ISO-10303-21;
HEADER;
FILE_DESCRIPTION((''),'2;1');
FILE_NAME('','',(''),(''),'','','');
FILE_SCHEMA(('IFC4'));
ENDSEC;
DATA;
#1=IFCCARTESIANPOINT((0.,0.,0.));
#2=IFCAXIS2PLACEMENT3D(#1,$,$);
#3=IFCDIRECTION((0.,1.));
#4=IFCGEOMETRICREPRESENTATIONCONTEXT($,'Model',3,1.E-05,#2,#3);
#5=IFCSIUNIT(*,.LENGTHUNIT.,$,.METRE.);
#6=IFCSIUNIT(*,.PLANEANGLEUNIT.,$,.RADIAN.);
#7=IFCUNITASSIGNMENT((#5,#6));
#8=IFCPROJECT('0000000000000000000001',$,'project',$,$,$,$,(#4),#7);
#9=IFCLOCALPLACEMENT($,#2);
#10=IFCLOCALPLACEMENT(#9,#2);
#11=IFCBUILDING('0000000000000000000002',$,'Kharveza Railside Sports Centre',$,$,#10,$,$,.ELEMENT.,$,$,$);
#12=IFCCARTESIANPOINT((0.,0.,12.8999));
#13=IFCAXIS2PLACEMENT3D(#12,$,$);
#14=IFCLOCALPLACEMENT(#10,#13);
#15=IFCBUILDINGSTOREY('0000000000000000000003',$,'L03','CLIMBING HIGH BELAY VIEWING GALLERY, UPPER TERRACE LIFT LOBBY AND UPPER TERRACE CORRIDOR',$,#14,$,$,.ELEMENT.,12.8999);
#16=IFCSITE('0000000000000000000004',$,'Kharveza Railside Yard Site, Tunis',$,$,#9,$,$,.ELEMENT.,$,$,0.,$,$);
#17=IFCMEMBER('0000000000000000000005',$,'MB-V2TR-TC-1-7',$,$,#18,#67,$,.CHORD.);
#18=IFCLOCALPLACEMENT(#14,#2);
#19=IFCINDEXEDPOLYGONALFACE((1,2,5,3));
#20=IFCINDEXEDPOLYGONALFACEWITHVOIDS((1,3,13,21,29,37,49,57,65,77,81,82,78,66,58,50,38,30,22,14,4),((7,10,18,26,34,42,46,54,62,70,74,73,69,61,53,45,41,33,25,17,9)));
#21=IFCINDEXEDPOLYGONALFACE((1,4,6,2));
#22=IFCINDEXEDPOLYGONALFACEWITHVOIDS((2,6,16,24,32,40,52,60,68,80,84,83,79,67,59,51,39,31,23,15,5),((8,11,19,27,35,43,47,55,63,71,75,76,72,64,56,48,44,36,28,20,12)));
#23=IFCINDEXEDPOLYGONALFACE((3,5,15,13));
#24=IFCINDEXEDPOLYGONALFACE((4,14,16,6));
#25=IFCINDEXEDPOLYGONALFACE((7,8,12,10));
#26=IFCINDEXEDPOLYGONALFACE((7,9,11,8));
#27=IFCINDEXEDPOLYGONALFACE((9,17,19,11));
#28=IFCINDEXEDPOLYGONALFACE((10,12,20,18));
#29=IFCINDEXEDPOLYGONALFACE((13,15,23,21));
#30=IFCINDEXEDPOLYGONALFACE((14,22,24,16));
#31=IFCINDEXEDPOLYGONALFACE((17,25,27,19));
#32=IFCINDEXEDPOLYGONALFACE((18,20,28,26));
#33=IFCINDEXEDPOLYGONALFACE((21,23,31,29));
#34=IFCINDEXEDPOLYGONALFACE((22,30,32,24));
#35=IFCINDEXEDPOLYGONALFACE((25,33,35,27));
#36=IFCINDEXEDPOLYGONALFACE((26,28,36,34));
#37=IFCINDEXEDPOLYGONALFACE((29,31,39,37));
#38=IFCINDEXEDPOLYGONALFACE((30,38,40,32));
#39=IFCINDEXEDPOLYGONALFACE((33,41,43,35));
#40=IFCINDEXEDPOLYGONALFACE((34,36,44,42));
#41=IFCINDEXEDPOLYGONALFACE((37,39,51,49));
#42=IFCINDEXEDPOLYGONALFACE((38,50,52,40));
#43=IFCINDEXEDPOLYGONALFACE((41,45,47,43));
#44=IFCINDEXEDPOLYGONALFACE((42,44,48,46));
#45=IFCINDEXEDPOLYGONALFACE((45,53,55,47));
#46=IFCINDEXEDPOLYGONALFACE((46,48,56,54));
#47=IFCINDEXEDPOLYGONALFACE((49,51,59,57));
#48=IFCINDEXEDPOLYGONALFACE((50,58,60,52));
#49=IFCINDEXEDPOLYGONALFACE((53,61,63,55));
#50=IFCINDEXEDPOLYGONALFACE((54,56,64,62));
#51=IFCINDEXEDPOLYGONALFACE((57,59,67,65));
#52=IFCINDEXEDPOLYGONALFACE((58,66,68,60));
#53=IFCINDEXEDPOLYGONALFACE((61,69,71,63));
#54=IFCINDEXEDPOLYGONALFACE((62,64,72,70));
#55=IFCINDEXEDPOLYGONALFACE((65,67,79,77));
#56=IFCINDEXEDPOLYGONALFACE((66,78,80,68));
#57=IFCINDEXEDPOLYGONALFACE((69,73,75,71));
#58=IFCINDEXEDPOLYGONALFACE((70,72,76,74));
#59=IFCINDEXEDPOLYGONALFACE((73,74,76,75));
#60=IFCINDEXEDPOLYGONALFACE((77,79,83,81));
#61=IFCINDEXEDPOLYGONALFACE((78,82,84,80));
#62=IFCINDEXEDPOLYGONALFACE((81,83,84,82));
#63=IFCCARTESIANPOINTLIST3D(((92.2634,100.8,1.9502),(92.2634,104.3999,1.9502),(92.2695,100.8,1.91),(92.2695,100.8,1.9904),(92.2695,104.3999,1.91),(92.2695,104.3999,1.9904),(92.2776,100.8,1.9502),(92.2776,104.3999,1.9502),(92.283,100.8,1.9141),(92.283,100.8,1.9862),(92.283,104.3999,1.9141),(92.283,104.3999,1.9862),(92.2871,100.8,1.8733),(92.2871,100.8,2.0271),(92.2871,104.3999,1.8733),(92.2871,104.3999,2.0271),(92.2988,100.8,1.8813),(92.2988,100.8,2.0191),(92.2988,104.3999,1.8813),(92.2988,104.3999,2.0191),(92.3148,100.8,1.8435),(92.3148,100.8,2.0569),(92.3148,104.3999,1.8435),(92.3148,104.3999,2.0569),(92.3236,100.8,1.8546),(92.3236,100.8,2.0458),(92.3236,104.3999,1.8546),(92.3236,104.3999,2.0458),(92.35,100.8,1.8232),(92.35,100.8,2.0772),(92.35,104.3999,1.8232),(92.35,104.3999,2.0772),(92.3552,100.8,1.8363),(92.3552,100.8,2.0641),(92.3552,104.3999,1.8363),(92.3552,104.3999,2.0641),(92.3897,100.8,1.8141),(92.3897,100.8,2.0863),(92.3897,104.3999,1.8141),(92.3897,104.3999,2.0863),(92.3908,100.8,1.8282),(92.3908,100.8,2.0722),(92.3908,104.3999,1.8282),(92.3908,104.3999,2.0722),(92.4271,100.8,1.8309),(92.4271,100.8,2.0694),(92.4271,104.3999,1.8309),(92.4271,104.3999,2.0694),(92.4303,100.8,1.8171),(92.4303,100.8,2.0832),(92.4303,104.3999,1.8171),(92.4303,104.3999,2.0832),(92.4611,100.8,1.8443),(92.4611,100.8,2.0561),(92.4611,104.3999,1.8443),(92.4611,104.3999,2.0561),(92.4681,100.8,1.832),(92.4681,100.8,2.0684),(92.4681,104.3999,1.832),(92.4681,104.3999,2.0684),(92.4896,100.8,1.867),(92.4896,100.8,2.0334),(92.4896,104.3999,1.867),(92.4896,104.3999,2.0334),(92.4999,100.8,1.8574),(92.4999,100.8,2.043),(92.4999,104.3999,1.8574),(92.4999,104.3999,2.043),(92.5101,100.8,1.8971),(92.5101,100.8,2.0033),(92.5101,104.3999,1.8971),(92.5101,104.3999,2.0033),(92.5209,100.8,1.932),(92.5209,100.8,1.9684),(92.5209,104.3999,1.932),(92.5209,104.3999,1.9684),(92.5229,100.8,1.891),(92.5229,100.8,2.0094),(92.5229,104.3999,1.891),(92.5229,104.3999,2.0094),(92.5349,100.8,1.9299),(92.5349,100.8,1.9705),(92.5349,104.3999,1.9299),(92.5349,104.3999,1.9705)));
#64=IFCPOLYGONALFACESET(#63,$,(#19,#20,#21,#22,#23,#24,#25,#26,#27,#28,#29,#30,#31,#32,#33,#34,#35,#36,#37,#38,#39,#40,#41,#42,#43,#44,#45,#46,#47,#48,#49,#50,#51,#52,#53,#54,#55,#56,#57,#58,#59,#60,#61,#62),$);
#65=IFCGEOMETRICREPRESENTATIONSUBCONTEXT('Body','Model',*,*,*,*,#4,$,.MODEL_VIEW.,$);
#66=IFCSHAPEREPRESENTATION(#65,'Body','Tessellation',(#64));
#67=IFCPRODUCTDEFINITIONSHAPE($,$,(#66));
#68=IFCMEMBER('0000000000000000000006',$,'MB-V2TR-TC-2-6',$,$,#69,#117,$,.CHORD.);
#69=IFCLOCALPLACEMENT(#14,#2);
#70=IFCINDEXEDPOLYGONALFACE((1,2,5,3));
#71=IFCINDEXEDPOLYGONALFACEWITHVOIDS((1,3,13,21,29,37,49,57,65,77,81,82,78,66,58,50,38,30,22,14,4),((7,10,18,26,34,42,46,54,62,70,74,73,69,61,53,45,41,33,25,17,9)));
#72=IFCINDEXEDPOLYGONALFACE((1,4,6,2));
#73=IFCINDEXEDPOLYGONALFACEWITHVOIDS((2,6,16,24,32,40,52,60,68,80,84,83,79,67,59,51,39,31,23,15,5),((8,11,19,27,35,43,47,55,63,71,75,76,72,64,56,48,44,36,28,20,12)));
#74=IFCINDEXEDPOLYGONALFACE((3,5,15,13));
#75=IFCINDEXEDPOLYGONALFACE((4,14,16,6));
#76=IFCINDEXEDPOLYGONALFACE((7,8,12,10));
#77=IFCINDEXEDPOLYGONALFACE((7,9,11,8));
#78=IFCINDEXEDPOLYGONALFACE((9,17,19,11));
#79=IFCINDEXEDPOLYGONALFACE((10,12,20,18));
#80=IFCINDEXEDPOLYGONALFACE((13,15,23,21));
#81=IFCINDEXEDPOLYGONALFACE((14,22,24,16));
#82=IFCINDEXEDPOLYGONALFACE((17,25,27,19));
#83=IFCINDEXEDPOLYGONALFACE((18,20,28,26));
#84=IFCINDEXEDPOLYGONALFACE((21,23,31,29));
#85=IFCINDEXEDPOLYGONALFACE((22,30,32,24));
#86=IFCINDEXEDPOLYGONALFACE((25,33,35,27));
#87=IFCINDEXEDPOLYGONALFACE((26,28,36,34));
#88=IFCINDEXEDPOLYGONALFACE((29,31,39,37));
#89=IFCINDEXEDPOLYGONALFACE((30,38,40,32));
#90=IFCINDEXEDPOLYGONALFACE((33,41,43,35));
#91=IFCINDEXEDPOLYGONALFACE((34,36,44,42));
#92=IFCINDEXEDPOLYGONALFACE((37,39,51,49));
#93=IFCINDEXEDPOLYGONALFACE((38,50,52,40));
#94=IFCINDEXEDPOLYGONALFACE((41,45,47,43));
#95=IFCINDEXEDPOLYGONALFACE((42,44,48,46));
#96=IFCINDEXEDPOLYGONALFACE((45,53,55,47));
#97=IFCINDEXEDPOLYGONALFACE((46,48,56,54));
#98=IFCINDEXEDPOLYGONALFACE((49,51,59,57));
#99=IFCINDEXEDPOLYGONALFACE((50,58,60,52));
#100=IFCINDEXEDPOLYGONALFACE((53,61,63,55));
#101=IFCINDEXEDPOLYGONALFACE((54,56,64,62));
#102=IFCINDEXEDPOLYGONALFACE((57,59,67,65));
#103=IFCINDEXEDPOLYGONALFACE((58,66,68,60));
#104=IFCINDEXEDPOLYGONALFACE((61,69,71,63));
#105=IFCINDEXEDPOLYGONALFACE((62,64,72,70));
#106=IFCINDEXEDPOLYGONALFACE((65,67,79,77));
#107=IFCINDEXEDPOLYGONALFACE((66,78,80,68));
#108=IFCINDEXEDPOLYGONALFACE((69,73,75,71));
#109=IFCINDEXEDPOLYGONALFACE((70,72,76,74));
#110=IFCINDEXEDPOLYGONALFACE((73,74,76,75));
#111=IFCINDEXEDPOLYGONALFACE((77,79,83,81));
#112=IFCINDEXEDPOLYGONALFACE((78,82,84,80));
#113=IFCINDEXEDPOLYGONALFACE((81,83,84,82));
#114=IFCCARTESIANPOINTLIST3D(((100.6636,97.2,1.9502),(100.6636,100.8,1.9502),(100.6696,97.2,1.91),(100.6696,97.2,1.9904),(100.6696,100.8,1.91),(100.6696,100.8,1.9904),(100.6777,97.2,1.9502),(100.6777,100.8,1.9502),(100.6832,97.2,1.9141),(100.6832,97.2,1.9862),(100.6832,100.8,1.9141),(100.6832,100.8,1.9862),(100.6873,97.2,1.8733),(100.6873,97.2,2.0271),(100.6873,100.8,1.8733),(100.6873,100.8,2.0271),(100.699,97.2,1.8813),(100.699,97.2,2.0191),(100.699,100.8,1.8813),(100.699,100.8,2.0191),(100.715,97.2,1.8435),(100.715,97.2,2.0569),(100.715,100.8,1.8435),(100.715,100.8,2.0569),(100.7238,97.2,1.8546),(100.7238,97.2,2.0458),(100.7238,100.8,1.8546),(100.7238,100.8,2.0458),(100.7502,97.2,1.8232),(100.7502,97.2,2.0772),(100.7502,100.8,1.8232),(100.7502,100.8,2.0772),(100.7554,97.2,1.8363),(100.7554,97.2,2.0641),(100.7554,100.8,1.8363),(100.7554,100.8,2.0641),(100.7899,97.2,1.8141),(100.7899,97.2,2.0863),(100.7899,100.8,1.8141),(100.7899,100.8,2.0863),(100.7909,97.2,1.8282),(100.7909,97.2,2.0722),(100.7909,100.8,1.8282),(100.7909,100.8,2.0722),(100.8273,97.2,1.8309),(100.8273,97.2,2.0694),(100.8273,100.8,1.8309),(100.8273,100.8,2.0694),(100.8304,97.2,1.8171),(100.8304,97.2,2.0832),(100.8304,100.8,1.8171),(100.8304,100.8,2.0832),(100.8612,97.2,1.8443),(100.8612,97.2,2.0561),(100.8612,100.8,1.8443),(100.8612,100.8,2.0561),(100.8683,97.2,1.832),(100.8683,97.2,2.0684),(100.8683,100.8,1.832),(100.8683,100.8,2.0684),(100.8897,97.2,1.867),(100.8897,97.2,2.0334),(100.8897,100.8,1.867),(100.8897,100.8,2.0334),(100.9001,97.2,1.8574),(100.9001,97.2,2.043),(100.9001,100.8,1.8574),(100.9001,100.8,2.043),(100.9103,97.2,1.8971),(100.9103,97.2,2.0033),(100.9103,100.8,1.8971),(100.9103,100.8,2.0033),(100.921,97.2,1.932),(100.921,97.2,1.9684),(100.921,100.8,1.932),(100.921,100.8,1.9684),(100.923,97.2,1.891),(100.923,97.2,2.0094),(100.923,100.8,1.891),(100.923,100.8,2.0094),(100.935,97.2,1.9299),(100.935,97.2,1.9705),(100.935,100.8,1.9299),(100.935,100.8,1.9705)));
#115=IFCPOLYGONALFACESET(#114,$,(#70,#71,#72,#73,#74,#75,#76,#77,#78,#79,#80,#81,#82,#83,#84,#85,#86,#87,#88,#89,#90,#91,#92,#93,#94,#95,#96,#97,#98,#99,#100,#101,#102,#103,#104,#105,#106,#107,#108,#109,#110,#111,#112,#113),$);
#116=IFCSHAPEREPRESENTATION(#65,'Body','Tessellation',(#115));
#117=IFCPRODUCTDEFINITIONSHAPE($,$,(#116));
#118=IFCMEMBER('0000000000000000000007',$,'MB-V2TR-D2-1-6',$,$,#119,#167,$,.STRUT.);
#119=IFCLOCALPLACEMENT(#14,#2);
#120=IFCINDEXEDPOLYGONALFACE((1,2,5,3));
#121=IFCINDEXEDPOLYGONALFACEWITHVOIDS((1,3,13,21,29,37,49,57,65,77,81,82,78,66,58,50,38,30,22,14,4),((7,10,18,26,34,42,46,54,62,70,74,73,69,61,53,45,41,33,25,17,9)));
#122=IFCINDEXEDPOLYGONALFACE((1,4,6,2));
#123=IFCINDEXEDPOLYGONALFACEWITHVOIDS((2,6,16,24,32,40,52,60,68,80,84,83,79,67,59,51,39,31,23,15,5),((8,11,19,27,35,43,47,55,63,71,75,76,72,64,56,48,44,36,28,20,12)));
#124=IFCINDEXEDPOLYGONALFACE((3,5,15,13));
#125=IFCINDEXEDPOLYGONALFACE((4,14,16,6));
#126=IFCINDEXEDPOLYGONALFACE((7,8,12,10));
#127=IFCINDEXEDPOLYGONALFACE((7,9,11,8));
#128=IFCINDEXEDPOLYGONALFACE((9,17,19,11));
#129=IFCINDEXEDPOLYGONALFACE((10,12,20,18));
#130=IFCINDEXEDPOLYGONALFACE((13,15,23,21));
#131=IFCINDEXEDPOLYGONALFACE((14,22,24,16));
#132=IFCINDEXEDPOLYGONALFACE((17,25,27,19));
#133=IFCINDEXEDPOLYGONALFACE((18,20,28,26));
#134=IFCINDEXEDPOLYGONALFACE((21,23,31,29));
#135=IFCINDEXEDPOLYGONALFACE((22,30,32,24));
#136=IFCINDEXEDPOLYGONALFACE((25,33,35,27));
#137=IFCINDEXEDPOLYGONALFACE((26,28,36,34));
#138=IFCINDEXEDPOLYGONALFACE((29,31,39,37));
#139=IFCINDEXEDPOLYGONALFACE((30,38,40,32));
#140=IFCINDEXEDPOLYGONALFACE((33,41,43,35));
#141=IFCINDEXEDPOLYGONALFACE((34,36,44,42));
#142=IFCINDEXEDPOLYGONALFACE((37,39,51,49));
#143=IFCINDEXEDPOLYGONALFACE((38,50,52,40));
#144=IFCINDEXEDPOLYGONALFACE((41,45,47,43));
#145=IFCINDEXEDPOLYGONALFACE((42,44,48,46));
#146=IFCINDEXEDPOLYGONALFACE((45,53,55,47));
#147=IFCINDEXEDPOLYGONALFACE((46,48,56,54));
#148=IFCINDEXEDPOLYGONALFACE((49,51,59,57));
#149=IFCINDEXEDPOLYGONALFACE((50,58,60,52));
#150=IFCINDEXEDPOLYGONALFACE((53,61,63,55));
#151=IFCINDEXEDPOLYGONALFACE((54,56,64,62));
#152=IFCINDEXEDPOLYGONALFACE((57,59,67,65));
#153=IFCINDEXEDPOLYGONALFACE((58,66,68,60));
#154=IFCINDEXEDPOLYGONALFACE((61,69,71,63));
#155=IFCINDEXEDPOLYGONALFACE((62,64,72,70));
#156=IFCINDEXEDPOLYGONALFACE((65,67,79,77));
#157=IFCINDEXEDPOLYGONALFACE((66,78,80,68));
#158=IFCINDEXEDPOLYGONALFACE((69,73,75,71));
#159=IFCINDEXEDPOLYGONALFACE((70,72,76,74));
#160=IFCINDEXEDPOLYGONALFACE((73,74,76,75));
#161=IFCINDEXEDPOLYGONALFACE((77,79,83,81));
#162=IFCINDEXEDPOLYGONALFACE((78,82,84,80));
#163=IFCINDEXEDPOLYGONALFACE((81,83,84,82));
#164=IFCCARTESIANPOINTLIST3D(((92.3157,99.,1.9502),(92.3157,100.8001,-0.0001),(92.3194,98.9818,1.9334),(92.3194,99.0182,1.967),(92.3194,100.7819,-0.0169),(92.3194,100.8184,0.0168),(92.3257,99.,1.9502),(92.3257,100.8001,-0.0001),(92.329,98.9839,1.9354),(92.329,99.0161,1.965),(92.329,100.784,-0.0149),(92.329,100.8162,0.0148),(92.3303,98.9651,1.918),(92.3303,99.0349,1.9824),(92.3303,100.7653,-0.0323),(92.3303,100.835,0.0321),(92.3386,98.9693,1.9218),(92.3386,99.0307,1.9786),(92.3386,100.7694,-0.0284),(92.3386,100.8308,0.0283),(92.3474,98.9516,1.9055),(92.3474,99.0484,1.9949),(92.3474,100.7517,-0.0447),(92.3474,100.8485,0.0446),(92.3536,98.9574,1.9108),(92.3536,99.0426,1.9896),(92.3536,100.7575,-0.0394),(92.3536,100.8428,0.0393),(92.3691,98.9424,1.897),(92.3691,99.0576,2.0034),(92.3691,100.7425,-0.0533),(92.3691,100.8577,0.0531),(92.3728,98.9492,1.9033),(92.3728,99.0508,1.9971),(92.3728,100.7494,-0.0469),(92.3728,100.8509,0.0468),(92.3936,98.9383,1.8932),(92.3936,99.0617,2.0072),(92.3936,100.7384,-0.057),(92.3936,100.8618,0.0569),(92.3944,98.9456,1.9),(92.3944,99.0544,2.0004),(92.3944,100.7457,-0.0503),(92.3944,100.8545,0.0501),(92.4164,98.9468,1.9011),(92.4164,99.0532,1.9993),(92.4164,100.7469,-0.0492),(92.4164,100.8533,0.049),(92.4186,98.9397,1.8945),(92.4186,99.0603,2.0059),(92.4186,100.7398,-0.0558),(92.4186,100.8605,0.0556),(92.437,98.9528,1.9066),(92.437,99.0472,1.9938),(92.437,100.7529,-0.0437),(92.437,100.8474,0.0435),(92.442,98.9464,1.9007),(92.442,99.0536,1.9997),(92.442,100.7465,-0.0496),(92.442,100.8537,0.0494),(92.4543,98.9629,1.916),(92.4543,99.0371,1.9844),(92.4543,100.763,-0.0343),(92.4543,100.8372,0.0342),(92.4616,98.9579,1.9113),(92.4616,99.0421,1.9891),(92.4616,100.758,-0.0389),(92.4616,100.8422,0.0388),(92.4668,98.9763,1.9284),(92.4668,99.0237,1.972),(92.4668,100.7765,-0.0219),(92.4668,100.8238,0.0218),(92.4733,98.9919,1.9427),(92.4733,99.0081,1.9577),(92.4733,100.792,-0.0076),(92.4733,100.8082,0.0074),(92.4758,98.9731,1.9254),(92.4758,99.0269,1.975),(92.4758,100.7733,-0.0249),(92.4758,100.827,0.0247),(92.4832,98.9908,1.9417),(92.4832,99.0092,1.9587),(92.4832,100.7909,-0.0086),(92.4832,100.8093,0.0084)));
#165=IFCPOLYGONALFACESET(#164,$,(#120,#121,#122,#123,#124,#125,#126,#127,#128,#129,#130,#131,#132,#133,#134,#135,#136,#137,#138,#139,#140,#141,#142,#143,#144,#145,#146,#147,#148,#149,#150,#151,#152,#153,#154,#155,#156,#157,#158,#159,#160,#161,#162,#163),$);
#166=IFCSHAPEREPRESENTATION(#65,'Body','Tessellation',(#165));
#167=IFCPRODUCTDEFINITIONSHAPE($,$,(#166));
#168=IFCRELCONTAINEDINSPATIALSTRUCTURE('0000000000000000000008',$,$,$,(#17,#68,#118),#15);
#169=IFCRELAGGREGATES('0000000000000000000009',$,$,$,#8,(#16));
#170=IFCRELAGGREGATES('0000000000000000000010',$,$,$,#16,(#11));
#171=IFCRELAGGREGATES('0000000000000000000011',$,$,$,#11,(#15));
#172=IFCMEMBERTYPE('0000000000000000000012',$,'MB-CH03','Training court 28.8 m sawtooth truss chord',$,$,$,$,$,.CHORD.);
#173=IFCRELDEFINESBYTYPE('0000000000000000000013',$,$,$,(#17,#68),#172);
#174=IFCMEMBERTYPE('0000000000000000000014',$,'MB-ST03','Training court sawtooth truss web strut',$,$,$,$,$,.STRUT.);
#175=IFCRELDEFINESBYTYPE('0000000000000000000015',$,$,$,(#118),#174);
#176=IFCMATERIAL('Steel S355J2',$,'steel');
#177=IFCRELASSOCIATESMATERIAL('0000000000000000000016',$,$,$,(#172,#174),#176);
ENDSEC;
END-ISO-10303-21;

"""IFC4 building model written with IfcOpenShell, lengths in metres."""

from ifc_helpers import new_model, si_unit, direction, frame, origin, origin_2d, place, context, subcontext, project, spatial, hollow_circle, extrude, material, material_profile, profile_set, type_object, element, save


model = new_model("IFC4")

# Units and contexts
model_context = context("Model", 3, precision=1e-05, world=origin(), true_north=direction((0.0, 1.0)))
body_context = subcontext(model_context, "Body", "Model", "MODEL_VIEW")
ifc_project = project(units=[si_unit("LENGTHUNIT", "METRE"), si_unit("PLANEANGLEUNIT", "RADIAN")], contexts=[model_context])

# Site, building, storey
site_placement = place(None, origin())
site = spatial("IfcSite", under=ifc_project, at=site_placement, Name="Kharveza Railside Yard Site, Tunis", CompositionType="ELEMENT", RefElevation=0.0)
building_placement = place(site_placement, origin())
building = spatial("IfcBuilding", under=site, at=building_placement, Name="Kharveza Railside Sports Centre", CompositionType="ELEMENT")
storey_placement = place(building_placement, frame((0.0, 0.0, 12.8999)))
storey = spatial("IfcBuildingStorey", under=building, at=storey_placement, Name="L03", Description="CLIMBING HIGH BELAY VIEWING GALLERY, UPPER TERRACE LIFT LOBBY AND UPPER TERRACE CORRIDOR", CompositionType="ELEMENT", Elevation=12.8999)

# Shared definitions
ifc_material_1 = material(Name="Steel S355J2", Category="steel")

# Members
ifc_material_profile_1 = material_profile(ifc_material_1, hollow_circle(Radius=0.1365, WallThickness=0.0142, at=origin_2d()), Name="CHS 273.0x14.2")
ifc_profile_set_1 = profile_set([ifc_material_profile_1], Name="Steel S355J2")
member_type_1 = type_object("IfcMemberType", Name="MB-CH03", Description="Training court 28.8 m sawtooth truss chord", PredefinedType="CHORD", material=ifc_profile_set_1)
for number, where, z_axis, x_axis, name in (
    (1, (92.3999, 100.8, 1.9502), (0.0, 1.0, 0.0), (-1.0, 0.0, 0.0), "MB-V2TR-TC-1-7"),
):
    element("IfcMember", number, at=place(storey_placement, frame(where, z_axis=z_axis, x_axis=x_axis)), inside=storey, type_object=member_type_1, Name=name, PredefinedType="CHORD", context=body_context, shape_type="SweptSolid", body=[
        extrude(hollow_circle(Radius=0.1365, WallThickness=0.0142, at=origin_2d()), origin(), (0.0, 0.0, 1.0), 3.5999),
    ])
member_1_placement = place(storey_placement, frame((100.8, 97.2, 1.9502), z_axis=(0.0, 1.0, 0.0), x_axis=(-1.0, 0.0, 0.0)))
element("IfcMember", 2, at=member_1_placement, inside=storey, type_object=member_type_1, Name="MB-V2TR-TC-2-6", PredefinedType="CHORD", context=body_context, shape_type="SweptSolid", body=[
    extrude(hollow_circle(Radius=0.1365, WallThickness=0.0142, at=origin_2d()), origin(), (0.0, 0.0, 1.0), 3.6001),
])
ifc_material_profile_2 = material_profile(ifc_material_1, hollow_circle(Radius=0.0842, WallThickness=0.01, at=origin_2d()), Name="CHS 168.3x10.0")
ifc_profile_set_2 = profile_set([ifc_material_profile_2], Name="Steel S355J2")
member_type_2 = type_object("IfcMemberType", Name="MB-ST03", Description="Training court sawtooth truss web strut", PredefinedType="STRUT", material=ifc_profile_set_2)
for number, where, z_axis, x_axis, name in (
    (3, (92.3999, 99.0, 1.9502), (0.0, 0.678253, -0.734828), (-1.0, 0.0, 0.0), "MB-V2TR-D2-1-6"),
):
    element("IfcMember", number, at=place(storey_placement, frame(where, z_axis=z_axis, x_axis=x_axis)), inside=storey, type_object=member_type_2, Name=name, PredefinedType="STRUT", context=body_context, shape_type="SweptSolid", body=[
        extrude(hollow_circle(Radius=0.0842, WallThickness=0.01, at=origin_2d()), origin(), (0.0, 0.0, 1.0), 2.6541),
    ])

save(model, "model.ifc")
